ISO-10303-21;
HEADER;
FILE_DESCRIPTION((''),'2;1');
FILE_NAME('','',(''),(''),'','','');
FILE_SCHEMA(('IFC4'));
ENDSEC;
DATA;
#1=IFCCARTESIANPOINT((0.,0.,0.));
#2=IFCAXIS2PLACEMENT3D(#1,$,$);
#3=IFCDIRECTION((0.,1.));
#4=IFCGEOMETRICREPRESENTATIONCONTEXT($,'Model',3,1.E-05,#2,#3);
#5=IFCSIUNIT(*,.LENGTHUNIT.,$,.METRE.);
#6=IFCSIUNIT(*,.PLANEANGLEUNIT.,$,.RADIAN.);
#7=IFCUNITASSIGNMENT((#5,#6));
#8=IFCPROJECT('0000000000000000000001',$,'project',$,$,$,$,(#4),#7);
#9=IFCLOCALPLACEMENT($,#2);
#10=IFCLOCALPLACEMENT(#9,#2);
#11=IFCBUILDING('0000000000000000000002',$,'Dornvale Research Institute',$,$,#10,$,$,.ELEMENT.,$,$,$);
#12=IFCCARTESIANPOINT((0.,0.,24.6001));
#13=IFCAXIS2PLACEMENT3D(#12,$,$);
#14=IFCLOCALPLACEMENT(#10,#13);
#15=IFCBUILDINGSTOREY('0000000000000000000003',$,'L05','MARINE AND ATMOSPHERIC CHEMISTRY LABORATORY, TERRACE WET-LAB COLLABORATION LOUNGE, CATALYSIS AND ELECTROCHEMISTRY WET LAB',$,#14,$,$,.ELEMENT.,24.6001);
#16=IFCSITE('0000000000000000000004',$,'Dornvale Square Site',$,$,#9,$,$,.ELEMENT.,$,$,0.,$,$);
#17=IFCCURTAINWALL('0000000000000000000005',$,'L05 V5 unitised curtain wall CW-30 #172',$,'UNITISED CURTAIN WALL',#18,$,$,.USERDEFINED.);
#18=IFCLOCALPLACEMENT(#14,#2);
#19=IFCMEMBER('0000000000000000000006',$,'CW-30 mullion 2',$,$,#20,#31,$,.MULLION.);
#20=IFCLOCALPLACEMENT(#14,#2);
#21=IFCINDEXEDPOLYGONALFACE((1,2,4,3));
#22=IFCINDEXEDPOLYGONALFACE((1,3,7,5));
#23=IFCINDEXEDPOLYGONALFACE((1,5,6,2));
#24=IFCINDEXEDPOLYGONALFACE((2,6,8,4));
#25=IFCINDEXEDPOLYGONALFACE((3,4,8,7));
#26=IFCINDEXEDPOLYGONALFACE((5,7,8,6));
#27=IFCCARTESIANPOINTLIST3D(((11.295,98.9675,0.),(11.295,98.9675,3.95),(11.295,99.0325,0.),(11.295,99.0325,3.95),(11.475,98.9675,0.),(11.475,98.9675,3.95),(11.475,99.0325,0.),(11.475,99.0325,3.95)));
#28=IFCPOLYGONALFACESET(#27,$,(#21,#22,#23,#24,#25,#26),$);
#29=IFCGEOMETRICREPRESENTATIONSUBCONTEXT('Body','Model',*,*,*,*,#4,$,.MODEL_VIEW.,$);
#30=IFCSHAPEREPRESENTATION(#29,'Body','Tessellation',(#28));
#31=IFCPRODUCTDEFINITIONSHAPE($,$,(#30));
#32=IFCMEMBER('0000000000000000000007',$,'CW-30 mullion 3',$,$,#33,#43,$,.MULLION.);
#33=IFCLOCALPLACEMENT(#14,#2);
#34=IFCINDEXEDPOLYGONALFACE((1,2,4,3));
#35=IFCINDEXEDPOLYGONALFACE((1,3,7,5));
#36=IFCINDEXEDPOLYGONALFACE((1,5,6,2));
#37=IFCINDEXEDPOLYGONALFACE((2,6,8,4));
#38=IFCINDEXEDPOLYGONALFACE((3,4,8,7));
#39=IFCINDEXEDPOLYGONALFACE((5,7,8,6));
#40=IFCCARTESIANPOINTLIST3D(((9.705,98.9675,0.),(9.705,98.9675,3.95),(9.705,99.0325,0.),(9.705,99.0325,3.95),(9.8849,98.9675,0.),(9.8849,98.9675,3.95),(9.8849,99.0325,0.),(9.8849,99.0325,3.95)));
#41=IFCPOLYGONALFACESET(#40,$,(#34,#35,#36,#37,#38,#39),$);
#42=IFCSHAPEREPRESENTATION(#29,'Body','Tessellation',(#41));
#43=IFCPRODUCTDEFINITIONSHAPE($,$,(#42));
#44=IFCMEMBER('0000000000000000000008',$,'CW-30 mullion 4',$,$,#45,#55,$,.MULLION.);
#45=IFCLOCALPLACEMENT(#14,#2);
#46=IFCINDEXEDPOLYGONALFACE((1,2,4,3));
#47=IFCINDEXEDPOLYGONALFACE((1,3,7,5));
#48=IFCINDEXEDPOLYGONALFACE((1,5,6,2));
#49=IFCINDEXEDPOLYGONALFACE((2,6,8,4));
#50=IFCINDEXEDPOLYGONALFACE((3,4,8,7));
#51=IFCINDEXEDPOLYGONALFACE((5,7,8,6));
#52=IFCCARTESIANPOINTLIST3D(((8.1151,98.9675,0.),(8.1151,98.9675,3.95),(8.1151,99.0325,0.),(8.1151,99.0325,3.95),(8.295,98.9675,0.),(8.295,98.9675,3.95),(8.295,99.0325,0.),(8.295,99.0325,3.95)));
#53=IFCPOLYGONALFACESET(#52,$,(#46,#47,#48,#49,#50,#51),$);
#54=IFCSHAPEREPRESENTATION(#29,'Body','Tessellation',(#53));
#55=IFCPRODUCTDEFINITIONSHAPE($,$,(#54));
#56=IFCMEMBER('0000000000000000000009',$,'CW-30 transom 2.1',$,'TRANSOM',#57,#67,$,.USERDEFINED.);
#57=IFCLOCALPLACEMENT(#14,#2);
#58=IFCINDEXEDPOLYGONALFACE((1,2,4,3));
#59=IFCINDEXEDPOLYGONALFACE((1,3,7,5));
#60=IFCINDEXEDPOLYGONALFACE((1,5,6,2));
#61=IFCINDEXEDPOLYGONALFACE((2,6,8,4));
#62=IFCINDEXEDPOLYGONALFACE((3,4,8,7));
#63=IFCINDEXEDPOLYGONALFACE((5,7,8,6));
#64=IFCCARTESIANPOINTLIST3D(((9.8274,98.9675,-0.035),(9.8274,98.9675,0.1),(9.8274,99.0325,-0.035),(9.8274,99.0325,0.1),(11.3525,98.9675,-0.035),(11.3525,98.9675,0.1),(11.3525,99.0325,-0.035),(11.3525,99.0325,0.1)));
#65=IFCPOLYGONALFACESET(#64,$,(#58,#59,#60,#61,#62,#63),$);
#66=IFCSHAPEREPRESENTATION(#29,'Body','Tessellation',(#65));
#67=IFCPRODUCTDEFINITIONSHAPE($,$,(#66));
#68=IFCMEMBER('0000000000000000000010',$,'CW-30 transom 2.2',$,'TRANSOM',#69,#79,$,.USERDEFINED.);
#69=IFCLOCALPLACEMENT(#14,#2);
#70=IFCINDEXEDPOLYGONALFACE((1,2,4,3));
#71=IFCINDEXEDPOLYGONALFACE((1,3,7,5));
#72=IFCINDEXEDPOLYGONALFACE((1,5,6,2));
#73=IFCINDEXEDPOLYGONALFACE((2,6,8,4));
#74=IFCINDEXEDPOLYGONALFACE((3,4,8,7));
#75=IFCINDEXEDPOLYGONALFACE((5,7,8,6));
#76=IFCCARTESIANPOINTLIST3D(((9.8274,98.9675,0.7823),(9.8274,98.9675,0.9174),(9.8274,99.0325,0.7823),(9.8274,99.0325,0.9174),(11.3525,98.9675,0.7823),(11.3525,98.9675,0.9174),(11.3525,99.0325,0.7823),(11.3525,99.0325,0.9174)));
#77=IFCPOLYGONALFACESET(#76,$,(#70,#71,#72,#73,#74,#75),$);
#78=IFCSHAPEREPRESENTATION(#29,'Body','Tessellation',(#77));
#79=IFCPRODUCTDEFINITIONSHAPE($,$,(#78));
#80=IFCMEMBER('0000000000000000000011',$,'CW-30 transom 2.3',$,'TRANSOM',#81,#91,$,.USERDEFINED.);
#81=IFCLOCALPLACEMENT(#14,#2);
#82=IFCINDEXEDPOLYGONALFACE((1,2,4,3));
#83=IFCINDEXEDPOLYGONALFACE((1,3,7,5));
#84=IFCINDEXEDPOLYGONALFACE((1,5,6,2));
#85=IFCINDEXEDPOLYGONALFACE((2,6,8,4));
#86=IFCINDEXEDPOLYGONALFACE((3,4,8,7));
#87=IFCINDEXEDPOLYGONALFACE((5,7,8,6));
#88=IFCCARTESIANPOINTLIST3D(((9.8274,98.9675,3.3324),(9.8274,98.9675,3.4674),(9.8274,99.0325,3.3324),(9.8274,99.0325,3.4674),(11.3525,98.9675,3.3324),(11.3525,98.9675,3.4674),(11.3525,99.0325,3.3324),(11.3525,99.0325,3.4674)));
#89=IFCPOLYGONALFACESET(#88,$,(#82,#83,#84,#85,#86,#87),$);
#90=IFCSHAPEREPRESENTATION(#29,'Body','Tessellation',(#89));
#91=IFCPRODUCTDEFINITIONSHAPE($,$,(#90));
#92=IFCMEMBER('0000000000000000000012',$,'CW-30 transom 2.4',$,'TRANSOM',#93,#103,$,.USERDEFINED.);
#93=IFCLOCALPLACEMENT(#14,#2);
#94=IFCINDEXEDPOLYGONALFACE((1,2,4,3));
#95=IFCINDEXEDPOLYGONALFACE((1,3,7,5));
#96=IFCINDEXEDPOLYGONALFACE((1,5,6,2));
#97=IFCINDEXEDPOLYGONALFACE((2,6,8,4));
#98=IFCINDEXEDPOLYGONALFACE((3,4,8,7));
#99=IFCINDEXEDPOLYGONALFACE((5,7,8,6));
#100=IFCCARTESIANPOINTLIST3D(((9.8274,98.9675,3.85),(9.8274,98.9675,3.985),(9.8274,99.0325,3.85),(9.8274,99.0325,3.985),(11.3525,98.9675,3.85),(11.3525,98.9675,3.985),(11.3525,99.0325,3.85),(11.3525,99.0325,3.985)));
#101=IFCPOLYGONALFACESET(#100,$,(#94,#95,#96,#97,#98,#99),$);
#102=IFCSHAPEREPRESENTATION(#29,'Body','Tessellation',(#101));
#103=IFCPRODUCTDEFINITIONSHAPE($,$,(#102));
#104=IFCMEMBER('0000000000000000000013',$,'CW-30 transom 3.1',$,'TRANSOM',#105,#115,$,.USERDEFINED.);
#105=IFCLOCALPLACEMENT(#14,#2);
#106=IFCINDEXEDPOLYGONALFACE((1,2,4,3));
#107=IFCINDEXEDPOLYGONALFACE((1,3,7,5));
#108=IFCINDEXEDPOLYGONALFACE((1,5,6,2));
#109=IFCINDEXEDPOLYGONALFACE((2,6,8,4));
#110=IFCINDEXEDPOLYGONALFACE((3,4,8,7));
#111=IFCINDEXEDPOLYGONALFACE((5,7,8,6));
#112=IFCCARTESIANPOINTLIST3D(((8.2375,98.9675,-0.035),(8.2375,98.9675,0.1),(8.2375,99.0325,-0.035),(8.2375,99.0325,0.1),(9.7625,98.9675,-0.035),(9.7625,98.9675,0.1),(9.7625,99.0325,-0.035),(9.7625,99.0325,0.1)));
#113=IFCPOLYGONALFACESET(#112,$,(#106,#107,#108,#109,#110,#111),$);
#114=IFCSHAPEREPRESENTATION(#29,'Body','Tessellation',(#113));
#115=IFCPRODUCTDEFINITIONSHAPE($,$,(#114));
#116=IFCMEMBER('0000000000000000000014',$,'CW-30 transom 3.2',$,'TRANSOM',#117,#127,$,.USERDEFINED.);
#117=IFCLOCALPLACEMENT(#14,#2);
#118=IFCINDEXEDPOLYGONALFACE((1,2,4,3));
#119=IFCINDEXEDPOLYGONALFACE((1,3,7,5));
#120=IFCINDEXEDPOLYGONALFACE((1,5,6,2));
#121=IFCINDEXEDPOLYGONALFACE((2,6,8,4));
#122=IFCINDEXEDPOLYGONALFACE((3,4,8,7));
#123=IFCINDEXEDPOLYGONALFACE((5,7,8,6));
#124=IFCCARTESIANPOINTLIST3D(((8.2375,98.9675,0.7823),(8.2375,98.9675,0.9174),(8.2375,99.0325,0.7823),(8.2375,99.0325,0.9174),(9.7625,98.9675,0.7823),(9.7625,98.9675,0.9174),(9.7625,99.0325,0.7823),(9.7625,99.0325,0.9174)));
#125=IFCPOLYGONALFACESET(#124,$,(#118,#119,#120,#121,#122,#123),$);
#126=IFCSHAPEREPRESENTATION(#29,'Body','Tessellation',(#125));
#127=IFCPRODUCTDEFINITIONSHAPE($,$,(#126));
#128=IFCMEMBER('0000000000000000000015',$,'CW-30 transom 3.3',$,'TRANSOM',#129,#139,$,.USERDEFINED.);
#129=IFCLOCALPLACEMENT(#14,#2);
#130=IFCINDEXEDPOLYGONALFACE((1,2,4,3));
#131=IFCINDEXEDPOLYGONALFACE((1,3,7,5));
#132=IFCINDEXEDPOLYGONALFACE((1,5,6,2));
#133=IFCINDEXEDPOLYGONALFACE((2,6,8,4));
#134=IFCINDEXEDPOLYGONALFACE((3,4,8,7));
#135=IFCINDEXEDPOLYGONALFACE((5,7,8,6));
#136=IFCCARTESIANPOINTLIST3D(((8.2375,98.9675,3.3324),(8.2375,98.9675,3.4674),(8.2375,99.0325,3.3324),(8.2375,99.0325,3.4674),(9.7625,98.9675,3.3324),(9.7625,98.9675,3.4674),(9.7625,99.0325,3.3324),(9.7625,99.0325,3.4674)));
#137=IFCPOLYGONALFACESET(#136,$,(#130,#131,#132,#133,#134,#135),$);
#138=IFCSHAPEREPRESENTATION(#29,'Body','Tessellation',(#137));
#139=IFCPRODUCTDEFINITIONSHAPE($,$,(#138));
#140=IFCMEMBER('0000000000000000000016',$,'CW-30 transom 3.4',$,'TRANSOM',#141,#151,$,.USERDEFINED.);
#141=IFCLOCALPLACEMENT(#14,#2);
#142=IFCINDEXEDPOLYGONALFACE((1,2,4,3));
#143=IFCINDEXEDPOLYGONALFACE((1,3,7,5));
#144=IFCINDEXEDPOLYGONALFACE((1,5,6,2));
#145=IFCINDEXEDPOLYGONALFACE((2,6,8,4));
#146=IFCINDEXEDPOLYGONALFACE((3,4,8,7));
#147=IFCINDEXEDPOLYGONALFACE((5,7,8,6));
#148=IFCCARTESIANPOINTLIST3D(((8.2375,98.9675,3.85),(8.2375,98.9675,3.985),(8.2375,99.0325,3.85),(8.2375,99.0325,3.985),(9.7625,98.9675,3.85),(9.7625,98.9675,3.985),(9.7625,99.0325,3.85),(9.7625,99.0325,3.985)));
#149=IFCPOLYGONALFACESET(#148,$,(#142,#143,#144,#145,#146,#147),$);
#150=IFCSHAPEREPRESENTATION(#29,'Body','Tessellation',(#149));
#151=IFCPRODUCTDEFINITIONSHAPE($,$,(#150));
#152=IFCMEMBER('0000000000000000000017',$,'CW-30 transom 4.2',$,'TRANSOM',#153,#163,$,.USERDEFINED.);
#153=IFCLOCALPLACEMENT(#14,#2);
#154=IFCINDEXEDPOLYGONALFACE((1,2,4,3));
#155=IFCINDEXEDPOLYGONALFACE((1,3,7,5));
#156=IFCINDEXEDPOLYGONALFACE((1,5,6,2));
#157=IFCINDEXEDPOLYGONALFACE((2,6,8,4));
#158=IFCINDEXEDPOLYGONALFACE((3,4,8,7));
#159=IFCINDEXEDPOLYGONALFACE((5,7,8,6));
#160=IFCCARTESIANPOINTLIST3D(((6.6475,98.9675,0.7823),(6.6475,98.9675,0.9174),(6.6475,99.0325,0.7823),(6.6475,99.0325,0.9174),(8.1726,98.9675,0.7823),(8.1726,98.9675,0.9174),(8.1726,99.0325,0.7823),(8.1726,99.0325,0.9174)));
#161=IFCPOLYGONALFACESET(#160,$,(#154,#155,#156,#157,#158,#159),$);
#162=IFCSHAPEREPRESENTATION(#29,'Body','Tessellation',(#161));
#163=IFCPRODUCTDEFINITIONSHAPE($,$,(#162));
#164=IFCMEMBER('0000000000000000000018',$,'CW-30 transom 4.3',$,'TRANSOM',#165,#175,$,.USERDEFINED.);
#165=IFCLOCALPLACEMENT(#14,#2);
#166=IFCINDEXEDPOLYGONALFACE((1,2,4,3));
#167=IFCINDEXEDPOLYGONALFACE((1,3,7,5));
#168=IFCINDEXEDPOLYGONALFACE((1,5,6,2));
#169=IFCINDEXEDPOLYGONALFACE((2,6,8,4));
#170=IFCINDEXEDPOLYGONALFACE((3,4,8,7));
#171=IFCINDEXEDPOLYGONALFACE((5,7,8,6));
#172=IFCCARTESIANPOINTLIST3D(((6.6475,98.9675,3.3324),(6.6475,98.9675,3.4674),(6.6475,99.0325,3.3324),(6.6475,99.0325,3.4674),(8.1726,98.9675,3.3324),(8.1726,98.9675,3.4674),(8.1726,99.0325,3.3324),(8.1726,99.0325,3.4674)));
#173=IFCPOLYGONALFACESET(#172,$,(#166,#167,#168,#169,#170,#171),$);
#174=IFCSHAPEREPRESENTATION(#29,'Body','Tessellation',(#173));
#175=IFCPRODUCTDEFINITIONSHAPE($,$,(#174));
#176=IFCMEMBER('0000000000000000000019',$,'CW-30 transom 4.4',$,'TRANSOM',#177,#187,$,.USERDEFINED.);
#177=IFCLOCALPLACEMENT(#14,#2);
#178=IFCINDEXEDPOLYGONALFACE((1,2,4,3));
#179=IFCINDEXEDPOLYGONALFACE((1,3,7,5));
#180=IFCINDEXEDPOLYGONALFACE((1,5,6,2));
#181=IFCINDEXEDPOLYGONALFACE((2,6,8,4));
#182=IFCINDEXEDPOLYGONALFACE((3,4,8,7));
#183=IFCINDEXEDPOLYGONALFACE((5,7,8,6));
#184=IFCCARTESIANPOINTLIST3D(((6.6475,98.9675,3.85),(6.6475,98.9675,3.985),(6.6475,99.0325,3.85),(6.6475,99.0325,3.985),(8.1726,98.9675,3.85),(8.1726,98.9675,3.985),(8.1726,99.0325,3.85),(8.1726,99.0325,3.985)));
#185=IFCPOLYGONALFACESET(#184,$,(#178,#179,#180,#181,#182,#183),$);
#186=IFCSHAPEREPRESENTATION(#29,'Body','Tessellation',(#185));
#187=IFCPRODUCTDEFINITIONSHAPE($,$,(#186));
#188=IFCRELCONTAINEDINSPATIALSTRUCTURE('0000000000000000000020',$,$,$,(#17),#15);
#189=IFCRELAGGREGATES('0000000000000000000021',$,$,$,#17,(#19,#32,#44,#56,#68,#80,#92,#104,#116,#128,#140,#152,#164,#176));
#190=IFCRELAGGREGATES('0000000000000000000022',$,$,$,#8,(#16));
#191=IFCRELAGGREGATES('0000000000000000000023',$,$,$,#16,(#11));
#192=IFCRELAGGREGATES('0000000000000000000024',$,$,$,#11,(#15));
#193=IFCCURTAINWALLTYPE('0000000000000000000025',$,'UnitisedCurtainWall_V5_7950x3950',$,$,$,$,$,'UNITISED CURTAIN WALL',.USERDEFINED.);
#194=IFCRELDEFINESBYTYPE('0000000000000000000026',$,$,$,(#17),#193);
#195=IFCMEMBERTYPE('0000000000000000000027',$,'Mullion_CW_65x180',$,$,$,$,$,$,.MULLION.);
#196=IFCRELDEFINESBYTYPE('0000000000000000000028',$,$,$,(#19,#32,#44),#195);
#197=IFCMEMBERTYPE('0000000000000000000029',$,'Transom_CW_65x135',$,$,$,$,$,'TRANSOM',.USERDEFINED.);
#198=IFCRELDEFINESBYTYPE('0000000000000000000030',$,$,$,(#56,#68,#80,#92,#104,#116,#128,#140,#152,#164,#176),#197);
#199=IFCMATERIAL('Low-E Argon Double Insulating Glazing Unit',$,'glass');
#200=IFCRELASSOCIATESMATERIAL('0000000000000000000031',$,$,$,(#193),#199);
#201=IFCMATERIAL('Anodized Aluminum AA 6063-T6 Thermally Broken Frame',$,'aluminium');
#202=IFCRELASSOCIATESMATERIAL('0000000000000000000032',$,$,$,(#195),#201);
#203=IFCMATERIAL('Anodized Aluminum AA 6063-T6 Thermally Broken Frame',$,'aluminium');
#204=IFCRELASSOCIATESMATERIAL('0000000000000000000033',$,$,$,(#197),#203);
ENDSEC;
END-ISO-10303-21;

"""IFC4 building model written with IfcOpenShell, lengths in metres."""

from ifc_helpers import new_model, si_unit, direction, frame, origin, origin_2d, place, context, subcontext, project, spatial, rectangle, extrude, material, material_profile, profile_set, type_object, element, aggregate, save


model = new_model("IFC4")

# Units and contexts
model_context = context("Model", 3, precision=1e-05, world=origin(), true_north=direction((0.0, 1.0)))
body_context = subcontext(model_context, "Body", "Model", "MODEL_VIEW")
ifc_project = project(units=[si_unit("LENGTHUNIT", "METRE"), si_unit("PLANEANGLEUNIT", "RADIAN")], contexts=[model_context])

# Site, building, storey
site_placement = place(None, origin())
site = spatial("IfcSite", under=ifc_project, at=site_placement, Name="Dornvale Square Site", CompositionType="ELEMENT", RefElevation=0.0)
building_placement = place(site_placement, origin())
building = spatial("IfcBuilding", under=site, at=building_placement, Name="Dornvale Research Institute", CompositionType="ELEMENT")
storey_placement = place(building_placement, frame((0.0, 0.0, 24.6001)))
storey = spatial("IfcBuildingStorey", under=building, at=storey_placement, Name="L05", Description="MARINE AND ATMOSPHERIC CHEMISTRY LABORATORY, TERRACE WET-LAB COLLABORATION LOUNGE, CATALYSIS AND ELECTROCHEMISTRY WET LAB", CompositionType="ELEMENT", Elevation=24.6001)

# Curtain wall, members
ifc_material_1 = material(Name="Low-E Argon Double Insulating Glazing Unit", Category="glass")
curtain_wall_type = type_object("IfcCurtainWallType", Name="UnitisedCurtainWall_V5_7950x3950", ElementType="UNITISED CURTAIN WALL", PredefinedType="USERDEFINED", material=ifc_material_1)
curtain_wall_placement = place(storey_placement, origin())
curtain_wall = element("IfcCurtainWall", 1, at=curtain_wall_placement, inside=storey, type_object=curtain_wall_type, Name="L05 V5 unitised curtain wall CW-30 #172", ObjectType="UNITISED CURTAIN WALL", PredefinedType="USERDEFINED")
ifc_material_2 = material(Name="Anodized Aluminum AA 6063-T6 Thermally Broken Frame", Category="aluminium")
ifc_material_profile_1 = material_profile(ifc_material_2, rectangle(XDim=0.0649, YDim=0.1799, at=origin_2d()), Name="ALU MULLION 65x180")
ifc_profile_set_1 = profile_set([ifc_material_profile_1], Name="Anodized Aluminum AA 6063-T6 Thermally Broken Frame")
member_type_1 = type_object("IfcMemberType", Name="Mullion_CW_65x180", PredefinedType="MULLION", material=ifc_profile_set_1)
member_1_placement = place(storey_placement, frame((11.385, 99.0, 0.0), z_axis=(0.0, 0.0, 1.0), x_axis=(0.0, -1.0, 0.0)))
member_1 = element("IfcMember", 2, at=member_1_placement, type_object=member_type_1, Name="CW-30 mullion 2", PredefinedType="MULLION", context=body_context, shape_type="SweptSolid", body=[
    extrude(rectangle(XDim=0.0649, YDim=0.1799, at=origin_2d()), origin(), (0.0, 0.0, 1.0), 3.95),
])
member_2_placement = place(storey_placement, frame((9.7949, 99.0, 0.0), z_axis=(0.0, 0.0, 1.0), x_axis=(0.0, -1.0, 0.0)))
member_2 = element("IfcMember", 3, at=member_2_placement, type_object=member_type_1, Name="CW-30 mullion 3", PredefinedType="MULLION", context=body_context, shape_type="SweptSolid", body=[
    extrude(rectangle(XDim=0.0649, YDim=0.1799, at=origin_2d()), origin(), (0.0, 0.0, 1.0), 3.95),
])
member_3_placement = place(storey_placement, frame((8.2051, 99.0, 0.0), z_axis=(0.0, 0.0, 1.0), x_axis=(0.0, -1.0, 0.0)))
member_3 = element("IfcMember", 4, at=member_3_placement, type_object=member_type_1, Name="CW-30 mullion 4", PredefinedType="MULLION", context=body_context, shape_type="SweptSolid", body=[
    extrude(rectangle(XDim=0.0649, YDim=0.1799, at=origin_2d()), origin(), (0.0, 0.0, 1.0), 3.95),
])
ifc_material_3 = material(Name="Anodized Aluminum AA 6063-T6 Thermally Broken Frame", Category="aluminium")
ifc_material_profile_2 = material_profile(ifc_material_3, rectangle(XDim=0.0649, YDim=0.135, at=origin_2d()), Name="ALU TRANSOM 65x135")
ifc_profile_set_2 = profile_set([ifc_material_profile_2], Name="Anodized Aluminum AA 6063-T6 Thermally Broken Frame")
member_type_2 = type_object("IfcMemberType", Name="Transom_CW_65x135", ElementType="TRANSOM", PredefinedType="USERDEFINED", material=ifc_profile_set_2)
member_4_placement = place(storey_placement, frame((11.3525, 99.0, 0.0325), z_axis=(-1.0, 0.0, 0.0), x_axis=(0.0, -1.0, 0.0)))
member_4 = element("IfcMember", 5, at=member_4_placement, type_object=member_type_2, Name="CW-30 transom 2.1", ObjectType="TRANSOM", PredefinedType="USERDEFINED", context=body_context, shape_type="SweptSolid", body=[
    extrude(rectangle(XDim=0.0649, YDim=0.135, at=origin_2d()), origin(), (0.0, 0.0, 1.0), 1.5251),
])
member_5_placement = place(storey_placement, frame((11.3525, 99.0, 0.8499), z_axis=(-1.0, 0.0, 0.0), x_axis=(0.0, -1.0, 0.0)))
member_5 = element("IfcMember", 6, at=member_5_placement, type_object=member_type_2, Name="CW-30 transom 2.2", ObjectType="TRANSOM", PredefinedType="USERDEFINED", context=body_context, shape_type="SweptSolid", body=[
    extrude(rectangle(XDim=0.0649, YDim=0.135, at=origin_2d()), origin(), (0.0, 0.0, 1.0), 1.5251),
])
member_6_placement = place(storey_placement, frame((11.3525, 99.0, 3.3999), z_axis=(-1.0, 0.0, 0.0), x_axis=(0.0, -1.0, 0.0)))
member_6 = element("IfcMember", 7, at=member_6_placement, type_object=member_type_2, Name="CW-30 transom 2.3", ObjectType="TRANSOM", PredefinedType="USERDEFINED", context=body_context, shape_type="SweptSolid", body=[
    extrude(rectangle(XDim=0.0649, YDim=0.135, at=origin_2d()), origin(), (0.0, 0.0, 1.0), 1.5251),
])
member_7_placement = place(storey_placement, frame((11.3525, 99.0, 3.9175), z_axis=(-1.0, 0.0, 0.0), x_axis=(0.0, -1.0, 0.0)))
member_7 = element("IfcMember", 8, at=member_7_placement, type_object=member_type_2, Name="CW-30 transom 2.4", ObjectType="TRANSOM", PredefinedType="USERDEFINED", context=body_context, shape_type="SweptSolid", body=[
    extrude(rectangle(XDim=0.0649, YDim=0.135, at=origin_2d()), origin(), (0.0, 0.0, 1.0), 1.5251),
])
member_8_placement = place(storey_placement, frame((9.7625, 99.0, 0.0325), z_axis=(-1.0, 0.0, 0.0), x_axis=(0.0, -1.0, 0.0)))
member_8 = element("IfcMember", 9, at=member_8_placement, type_object=member_type_2, Name="CW-30 transom 3.1", ObjectType="TRANSOM", PredefinedType="USERDEFINED", context=body_context, shape_type="SweptSolid", body=[
    extrude(rectangle(XDim=0.0649, YDim=0.135, at=origin_2d()), origin(), (0.0, 0.0, 1.0), 1.5249),
])
member_9_placement = place(storey_placement, frame((9.7625, 99.0, 0.8499), z_axis=(-1.0, 0.0, 0.0), x_axis=(0.0, -1.0, 0.0)))
member_9 = element("IfcMember", 10, at=member_9_placement, type_object=member_type_2, Name="CW-30 transom 3.2", ObjectType="TRANSOM", PredefinedType="USERDEFINED", context=body_context, shape_type="SweptSolid", body=[
    extrude(rectangle(XDim=0.0649, YDim=0.135, at=origin_2d()), origin(), (0.0, 0.0, 1.0), 1.5249),
])
member_10_placement = place(storey_placement, frame((9.7625, 99.0, 3.3999), z_axis=(-1.0, 0.0, 0.0), x_axis=(0.0, -1.0, 0.0)))
member_10 = element("IfcMember", 11, at=member_10_placement, type_object=member_type_2, Name="CW-30 transom 3.3", ObjectType="TRANSOM", PredefinedType="USERDEFINED", context=body_context, shape_type="SweptSolid", body=[
    extrude(rectangle(XDim=0.0649, YDim=0.135, at=origin_2d()), origin(), (0.0, 0.0, 1.0), 1.5249),
])
member_11_placement = place(storey_placement, frame((9.7625, 99.0, 3.9175), z_axis=(-1.0, 0.0, 0.0), x_axis=(0.0, -1.0, 0.0)))
member_11 = element("IfcMember", 12, at=member_11_placement, type_object=member_type_2, Name="CW-30 transom 3.4", ObjectType="TRANSOM", PredefinedType="USERDEFINED", context=body_context, shape_type="SweptSolid", body=[
    extrude(rectangle(XDim=0.0649, YDim=0.135, at=origin_2d()), origin(), (0.0, 0.0, 1.0), 1.5249),
])
member_12_placement = place(storey_placement, frame((8.1726, 99.0, 0.8499), z_axis=(-1.0, 0.0, 0.0), x_axis=(0.0, -1.0, 0.0)))
member_12 = element("IfcMember", 13, at=member_12_placement, type_object=member_type_2, Name="CW-30 transom 4.2", ObjectType="TRANSOM", PredefinedType="USERDEFINED", context=body_context, shape_type="SweptSolid", body=[
    extrude(rectangle(XDim=0.0649, YDim=0.135, at=origin_2d()), origin(), (0.0, 0.0, 1.0), 1.5251),
])
member_13_placement = place(storey_placement, frame((8.1726, 99.0, 3.3999), z_axis=(-1.0, 0.0, 0.0), x_axis=(0.0, -1.0, 0.0)))
member_13 = element("IfcMember", 14, at=member_13_placement, type_object=member_type_2, Name="CW-30 transom 4.3", ObjectType="TRANSOM", PredefinedType="USERDEFINED", context=body_context, shape_type="SweptSolid", body=[
    extrude(rectangle(XDim=0.0649, YDim=0.135, at=origin_2d()), origin(), (0.0, 0.0, 1.0), 1.5251),
])
member_14_placement = place(storey_placement, frame((8.1726, 99.0, 3.9175), z_axis=(-1.0, 0.0, 0.0), x_axis=(0.0, -1.0, 0.0)))
member_14 = element("IfcMember", 15, at=member_14_placement, type_object=member_type_2, Name="CW-30 transom 4.4", ObjectType="TRANSOM", PredefinedType="USERDEFINED", context=body_context, shape_type="SweptSolid", body=[
    extrude(rectangle(XDim=0.0649, YDim=0.135, at=origin_2d()), origin(), (0.0, 0.0, 1.0), 1.5251),
])
aggregate(curtain_wall, [member_1, member_2, member_3, member_4, member_5, member_6, member_7, member_8, member_9, member_10, member_11, member_12, member_13, member_14])

save(model, "model.ifc")
